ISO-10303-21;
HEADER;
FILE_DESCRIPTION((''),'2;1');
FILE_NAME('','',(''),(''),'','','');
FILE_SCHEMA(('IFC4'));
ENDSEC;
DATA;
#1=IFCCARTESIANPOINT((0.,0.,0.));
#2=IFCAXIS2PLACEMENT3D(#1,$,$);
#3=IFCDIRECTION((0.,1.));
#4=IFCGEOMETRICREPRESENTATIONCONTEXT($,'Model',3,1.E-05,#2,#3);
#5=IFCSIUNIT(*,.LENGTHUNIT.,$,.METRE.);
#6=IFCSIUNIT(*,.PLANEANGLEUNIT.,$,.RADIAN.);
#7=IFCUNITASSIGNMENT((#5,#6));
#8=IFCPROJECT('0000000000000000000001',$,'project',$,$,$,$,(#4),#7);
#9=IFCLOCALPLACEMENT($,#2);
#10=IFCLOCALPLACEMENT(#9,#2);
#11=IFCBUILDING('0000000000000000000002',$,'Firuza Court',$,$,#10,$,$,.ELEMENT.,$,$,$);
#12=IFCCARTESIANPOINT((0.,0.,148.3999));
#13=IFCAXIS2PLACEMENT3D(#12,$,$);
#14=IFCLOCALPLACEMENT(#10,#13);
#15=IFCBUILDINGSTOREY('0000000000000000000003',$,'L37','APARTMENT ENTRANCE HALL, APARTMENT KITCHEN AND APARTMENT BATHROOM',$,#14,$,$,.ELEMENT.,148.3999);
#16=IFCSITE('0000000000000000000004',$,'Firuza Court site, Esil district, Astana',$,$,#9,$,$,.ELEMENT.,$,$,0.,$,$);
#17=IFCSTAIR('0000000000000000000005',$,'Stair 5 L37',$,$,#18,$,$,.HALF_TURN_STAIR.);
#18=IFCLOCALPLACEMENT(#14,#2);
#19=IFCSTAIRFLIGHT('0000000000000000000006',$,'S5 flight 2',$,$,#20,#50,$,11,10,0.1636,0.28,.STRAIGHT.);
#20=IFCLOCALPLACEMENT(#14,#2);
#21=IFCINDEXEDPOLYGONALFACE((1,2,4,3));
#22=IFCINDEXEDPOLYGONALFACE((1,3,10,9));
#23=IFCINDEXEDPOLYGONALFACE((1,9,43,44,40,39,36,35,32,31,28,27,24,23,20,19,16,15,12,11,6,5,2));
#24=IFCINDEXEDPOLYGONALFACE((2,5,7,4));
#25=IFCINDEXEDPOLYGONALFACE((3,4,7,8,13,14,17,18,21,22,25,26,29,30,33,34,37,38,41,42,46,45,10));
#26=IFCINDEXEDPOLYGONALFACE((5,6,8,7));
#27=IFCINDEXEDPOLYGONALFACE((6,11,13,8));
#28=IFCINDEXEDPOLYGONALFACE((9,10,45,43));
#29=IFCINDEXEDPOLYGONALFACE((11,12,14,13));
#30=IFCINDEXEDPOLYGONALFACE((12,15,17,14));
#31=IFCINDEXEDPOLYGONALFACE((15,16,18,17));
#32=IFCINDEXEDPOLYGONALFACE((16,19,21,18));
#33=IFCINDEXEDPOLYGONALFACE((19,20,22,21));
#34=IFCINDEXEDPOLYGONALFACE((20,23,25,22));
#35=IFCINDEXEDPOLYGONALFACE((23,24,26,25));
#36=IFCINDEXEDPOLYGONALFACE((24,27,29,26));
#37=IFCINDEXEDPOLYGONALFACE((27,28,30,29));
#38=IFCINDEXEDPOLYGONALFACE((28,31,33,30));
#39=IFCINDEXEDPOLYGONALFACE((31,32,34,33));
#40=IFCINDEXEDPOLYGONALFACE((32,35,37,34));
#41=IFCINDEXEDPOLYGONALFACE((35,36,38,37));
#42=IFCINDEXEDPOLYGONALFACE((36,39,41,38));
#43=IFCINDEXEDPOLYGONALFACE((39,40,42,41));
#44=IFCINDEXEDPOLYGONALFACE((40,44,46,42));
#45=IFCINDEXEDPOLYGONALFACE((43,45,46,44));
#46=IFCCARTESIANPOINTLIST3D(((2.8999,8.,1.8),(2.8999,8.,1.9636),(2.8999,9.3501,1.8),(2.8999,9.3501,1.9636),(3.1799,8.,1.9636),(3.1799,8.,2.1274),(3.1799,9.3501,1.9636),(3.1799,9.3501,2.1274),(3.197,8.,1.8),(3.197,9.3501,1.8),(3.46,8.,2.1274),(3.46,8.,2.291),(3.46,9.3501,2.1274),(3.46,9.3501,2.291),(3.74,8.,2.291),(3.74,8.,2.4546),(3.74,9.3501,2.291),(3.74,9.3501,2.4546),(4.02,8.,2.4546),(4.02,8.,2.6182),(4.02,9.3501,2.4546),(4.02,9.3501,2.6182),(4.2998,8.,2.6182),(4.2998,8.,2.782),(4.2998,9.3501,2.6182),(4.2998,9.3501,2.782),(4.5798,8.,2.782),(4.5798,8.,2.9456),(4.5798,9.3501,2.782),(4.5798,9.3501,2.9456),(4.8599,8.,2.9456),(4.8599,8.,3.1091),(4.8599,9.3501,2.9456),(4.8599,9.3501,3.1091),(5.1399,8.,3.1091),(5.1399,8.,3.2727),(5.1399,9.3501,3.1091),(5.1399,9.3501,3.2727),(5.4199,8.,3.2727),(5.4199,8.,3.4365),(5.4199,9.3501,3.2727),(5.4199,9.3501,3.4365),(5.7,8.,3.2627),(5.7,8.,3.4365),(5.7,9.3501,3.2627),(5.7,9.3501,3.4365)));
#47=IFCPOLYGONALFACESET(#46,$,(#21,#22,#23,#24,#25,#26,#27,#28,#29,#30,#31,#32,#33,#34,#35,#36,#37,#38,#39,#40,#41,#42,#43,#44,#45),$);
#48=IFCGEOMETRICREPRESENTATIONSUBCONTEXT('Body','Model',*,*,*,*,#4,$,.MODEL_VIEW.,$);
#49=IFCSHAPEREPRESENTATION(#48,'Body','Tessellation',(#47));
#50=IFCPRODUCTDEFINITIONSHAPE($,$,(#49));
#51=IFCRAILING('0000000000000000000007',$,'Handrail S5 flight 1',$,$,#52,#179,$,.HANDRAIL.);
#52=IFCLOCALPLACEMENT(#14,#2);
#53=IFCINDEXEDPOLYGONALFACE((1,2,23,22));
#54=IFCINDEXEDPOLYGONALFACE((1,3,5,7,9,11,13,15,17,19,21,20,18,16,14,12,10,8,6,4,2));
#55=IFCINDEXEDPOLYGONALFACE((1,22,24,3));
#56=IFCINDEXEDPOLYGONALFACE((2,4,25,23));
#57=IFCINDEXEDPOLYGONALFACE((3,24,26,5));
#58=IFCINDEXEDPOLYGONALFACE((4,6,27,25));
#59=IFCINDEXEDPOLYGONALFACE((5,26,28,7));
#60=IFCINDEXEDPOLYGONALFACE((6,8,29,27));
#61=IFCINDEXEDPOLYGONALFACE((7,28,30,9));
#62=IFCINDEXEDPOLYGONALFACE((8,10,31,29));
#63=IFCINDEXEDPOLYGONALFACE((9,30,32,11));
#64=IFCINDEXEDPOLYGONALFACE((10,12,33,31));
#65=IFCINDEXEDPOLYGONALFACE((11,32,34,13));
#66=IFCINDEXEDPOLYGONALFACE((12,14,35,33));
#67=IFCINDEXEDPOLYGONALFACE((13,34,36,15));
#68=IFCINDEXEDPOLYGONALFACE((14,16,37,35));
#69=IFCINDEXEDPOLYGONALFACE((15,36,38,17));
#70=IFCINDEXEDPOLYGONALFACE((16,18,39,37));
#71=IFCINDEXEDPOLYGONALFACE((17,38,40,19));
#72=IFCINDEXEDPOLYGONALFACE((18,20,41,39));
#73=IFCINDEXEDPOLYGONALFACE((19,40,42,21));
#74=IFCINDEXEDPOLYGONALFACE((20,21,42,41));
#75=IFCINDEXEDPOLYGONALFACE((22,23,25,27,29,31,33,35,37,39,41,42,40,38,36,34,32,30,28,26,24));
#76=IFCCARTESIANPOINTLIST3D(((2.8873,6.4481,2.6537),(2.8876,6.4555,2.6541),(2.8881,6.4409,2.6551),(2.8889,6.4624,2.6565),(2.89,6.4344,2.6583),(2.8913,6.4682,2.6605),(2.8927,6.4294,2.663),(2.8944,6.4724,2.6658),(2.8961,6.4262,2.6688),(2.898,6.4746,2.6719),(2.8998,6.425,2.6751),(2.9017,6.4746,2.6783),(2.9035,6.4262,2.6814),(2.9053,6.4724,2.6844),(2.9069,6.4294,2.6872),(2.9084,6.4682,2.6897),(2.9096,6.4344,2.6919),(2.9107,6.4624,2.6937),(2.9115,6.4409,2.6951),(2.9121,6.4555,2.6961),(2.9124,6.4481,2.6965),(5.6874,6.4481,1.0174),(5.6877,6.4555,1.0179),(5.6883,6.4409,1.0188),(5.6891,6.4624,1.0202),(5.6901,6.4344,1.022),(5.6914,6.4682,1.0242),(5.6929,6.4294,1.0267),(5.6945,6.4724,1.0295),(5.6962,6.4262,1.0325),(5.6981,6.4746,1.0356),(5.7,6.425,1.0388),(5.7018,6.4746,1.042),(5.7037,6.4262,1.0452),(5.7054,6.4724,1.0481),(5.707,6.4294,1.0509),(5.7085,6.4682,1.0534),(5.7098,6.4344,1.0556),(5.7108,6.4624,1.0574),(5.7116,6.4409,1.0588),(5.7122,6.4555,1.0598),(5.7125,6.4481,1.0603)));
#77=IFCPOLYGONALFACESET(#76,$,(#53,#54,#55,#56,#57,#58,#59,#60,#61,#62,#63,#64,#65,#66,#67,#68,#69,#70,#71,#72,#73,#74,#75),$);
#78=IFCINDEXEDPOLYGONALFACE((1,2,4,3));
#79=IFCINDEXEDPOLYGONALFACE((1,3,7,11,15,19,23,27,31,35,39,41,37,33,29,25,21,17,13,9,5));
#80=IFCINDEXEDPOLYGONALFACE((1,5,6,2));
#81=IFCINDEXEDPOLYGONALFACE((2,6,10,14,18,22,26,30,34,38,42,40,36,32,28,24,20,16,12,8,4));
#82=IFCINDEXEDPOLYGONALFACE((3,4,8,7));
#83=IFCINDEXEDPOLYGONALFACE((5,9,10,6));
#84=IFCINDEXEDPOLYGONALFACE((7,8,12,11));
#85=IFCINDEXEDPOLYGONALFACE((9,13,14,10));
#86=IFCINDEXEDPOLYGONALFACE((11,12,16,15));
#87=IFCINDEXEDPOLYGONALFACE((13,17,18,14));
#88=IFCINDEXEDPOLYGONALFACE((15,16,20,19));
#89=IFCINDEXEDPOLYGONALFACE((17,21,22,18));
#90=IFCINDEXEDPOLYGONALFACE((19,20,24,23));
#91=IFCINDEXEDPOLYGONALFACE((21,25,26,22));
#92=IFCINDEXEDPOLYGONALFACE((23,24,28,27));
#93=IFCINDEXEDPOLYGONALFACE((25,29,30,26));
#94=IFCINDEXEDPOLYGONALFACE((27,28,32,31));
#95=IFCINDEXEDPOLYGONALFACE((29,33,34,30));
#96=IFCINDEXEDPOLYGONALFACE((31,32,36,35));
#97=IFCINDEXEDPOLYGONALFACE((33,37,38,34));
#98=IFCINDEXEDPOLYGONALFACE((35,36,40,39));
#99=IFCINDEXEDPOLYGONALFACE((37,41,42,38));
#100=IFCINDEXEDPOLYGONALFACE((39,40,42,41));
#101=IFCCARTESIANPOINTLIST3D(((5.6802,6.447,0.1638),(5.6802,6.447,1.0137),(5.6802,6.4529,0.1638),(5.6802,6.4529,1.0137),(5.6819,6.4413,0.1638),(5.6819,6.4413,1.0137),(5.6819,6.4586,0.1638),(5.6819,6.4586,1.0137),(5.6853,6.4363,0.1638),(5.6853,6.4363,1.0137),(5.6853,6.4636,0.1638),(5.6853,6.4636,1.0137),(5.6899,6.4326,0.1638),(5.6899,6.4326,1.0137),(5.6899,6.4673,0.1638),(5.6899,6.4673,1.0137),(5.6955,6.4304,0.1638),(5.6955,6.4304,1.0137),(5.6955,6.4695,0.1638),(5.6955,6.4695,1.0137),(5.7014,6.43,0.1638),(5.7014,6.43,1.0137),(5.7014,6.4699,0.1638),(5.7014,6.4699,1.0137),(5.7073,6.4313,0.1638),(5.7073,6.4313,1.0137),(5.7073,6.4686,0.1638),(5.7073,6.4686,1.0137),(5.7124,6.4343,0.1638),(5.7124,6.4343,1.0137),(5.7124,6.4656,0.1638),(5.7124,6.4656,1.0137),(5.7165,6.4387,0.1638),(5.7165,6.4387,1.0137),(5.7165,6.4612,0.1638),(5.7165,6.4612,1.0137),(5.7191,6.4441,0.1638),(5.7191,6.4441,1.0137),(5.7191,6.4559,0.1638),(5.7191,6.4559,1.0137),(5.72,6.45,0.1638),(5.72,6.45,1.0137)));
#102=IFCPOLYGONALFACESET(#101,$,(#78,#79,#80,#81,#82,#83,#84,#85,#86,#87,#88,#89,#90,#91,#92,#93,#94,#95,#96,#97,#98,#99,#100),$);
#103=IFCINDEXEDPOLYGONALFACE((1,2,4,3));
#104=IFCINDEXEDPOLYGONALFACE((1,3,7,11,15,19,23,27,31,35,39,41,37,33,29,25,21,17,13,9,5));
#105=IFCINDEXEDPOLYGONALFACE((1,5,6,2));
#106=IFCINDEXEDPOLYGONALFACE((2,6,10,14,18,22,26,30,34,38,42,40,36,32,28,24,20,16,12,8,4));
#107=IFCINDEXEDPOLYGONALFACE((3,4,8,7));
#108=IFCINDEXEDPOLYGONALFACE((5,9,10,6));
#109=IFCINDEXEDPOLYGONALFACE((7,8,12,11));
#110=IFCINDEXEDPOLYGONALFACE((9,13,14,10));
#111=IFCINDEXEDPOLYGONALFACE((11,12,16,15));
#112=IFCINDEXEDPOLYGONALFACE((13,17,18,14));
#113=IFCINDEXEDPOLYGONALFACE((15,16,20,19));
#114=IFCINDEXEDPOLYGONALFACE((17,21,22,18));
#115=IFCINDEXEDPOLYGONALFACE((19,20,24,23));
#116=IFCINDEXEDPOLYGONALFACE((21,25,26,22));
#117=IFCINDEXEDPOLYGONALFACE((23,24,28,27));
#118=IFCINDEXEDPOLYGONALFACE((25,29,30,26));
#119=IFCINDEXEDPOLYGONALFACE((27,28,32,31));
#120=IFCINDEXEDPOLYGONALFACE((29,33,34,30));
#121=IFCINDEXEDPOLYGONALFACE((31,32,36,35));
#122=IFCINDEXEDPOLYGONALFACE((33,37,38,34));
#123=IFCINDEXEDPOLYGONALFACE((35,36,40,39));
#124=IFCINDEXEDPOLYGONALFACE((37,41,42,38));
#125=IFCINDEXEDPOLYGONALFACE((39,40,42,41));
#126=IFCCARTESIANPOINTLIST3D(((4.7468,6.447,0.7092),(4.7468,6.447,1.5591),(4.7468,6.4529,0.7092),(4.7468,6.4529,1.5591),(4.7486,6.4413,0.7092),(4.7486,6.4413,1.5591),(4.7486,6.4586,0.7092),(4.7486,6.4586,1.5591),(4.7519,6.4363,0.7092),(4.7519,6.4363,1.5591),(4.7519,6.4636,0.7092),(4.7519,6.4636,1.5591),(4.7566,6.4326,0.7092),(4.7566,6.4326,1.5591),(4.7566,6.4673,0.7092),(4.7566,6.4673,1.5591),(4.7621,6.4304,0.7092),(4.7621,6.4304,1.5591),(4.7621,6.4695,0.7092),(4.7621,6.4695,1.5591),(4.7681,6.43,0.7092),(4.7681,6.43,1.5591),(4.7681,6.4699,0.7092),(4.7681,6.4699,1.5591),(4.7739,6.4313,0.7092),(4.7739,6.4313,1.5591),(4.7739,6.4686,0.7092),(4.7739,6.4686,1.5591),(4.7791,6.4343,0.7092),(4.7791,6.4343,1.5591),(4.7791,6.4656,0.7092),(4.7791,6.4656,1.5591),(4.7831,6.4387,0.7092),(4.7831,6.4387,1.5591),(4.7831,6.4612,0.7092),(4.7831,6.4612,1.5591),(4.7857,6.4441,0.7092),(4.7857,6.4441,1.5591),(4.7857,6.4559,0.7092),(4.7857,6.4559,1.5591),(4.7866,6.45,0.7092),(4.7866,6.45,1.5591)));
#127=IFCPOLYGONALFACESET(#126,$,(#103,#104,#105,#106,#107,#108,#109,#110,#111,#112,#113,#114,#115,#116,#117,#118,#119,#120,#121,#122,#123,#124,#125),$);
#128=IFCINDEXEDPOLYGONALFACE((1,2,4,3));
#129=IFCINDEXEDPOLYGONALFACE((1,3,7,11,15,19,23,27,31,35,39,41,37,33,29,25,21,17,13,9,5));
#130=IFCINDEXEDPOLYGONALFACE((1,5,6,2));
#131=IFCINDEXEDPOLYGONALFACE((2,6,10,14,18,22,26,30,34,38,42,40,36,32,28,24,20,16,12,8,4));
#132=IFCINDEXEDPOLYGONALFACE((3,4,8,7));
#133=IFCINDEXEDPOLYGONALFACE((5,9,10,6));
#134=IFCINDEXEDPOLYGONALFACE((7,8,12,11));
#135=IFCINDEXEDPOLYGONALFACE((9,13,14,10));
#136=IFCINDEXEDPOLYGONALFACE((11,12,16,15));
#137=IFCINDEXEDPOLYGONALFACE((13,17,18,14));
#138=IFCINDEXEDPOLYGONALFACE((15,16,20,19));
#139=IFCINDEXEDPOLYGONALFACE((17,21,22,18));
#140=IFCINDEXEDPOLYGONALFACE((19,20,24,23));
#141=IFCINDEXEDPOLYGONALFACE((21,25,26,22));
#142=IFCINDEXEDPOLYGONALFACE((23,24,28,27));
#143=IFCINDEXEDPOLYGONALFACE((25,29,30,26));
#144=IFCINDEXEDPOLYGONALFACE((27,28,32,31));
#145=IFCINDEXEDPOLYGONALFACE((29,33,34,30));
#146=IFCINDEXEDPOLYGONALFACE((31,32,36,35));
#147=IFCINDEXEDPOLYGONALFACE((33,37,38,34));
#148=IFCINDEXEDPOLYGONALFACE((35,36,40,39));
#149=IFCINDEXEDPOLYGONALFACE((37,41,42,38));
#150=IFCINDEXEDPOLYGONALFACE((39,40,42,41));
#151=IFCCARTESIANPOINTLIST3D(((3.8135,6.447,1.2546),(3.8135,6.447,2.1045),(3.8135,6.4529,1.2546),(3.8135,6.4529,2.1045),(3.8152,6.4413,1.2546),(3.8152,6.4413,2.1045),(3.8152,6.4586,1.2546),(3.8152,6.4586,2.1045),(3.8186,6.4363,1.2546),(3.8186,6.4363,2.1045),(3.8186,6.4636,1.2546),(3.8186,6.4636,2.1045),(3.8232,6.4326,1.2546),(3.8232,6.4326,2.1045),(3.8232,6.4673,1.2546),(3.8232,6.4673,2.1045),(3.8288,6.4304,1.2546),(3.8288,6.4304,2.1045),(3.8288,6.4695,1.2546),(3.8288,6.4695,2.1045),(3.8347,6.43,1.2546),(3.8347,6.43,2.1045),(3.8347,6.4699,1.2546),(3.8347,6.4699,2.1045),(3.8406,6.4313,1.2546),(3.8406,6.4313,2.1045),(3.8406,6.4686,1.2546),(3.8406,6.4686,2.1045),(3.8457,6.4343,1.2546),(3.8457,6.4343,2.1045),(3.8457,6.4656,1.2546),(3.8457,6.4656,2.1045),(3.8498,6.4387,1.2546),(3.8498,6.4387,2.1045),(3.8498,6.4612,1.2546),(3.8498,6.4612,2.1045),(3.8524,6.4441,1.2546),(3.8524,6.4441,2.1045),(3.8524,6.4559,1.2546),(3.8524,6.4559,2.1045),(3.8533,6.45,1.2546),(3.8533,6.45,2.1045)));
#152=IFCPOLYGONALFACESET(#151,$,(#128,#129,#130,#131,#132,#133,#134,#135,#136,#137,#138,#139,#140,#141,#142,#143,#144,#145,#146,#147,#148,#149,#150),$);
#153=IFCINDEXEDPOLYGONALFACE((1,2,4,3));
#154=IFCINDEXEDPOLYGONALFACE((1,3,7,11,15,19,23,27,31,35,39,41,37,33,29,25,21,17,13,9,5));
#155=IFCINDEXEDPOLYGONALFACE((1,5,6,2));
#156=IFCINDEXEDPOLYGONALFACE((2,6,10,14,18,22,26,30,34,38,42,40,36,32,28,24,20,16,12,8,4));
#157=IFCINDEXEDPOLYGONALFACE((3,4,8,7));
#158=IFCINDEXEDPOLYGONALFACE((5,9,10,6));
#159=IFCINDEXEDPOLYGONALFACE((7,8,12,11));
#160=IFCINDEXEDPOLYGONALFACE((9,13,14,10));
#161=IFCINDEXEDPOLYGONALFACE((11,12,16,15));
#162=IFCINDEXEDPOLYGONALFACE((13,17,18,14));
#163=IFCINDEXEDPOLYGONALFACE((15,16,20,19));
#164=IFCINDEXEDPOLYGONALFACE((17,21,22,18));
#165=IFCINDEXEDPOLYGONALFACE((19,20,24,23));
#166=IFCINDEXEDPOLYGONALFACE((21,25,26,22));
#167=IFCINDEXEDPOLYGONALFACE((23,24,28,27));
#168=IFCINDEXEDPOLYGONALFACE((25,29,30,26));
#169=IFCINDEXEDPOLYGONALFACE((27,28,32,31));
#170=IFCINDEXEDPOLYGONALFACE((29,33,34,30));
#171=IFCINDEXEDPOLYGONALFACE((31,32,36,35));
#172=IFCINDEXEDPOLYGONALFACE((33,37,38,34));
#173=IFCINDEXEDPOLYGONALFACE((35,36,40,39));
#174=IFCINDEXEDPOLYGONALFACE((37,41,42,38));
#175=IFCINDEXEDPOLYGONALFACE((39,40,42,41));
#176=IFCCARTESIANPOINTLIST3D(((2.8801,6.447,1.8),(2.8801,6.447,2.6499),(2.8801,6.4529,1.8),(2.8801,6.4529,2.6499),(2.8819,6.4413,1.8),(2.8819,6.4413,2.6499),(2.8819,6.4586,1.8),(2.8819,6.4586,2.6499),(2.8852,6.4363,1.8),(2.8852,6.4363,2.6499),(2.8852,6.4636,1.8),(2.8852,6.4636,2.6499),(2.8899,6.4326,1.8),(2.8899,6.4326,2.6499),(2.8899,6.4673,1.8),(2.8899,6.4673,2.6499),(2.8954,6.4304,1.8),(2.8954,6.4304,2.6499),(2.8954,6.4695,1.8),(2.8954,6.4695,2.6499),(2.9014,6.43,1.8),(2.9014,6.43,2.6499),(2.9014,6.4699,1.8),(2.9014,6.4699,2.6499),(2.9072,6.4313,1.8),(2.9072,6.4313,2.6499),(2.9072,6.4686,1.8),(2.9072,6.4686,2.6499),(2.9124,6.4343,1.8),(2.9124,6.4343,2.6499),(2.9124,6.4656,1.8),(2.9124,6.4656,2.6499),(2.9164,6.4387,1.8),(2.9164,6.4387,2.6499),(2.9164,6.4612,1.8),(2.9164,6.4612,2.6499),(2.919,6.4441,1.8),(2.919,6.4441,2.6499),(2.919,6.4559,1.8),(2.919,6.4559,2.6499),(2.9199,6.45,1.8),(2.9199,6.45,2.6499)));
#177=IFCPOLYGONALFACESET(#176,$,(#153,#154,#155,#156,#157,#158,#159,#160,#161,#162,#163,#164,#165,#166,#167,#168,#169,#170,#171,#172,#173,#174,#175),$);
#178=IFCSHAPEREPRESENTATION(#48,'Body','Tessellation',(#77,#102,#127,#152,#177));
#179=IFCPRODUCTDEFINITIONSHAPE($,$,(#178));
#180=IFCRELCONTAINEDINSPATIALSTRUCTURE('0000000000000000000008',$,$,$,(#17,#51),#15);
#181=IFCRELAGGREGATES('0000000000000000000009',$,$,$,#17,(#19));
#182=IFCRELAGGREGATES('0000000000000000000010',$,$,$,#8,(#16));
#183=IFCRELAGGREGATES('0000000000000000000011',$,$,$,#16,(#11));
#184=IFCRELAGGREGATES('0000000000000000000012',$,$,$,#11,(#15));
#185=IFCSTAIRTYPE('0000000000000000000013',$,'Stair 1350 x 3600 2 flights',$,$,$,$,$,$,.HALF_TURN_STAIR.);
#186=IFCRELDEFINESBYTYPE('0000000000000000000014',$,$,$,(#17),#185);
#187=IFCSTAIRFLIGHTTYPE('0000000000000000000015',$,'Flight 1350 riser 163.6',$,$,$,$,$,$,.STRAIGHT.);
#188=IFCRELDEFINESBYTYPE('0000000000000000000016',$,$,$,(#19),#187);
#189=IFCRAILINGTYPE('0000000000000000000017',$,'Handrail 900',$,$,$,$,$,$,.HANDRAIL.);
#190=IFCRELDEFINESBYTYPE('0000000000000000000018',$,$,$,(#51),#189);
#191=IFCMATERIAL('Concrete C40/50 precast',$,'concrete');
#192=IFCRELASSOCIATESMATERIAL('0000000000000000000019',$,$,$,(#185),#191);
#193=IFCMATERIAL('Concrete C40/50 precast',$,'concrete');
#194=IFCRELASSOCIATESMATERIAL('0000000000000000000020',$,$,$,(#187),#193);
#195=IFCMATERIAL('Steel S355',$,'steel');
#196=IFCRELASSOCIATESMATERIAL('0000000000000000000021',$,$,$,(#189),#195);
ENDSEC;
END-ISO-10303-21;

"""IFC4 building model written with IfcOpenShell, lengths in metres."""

from ifc_helpers import new_model, si_unit, direction, frame, origin, origin_2d, place, context, subcontext, project, spatial, polyline, circle, outline, extrude, material, type_object, element, aggregate, save


model = new_model("IFC4")

# Units and contexts
model_context = context("Model", 3, precision=1e-05, world=origin(), true_north=direction((0.0, 1.0)))
body_context = subcontext(model_context, "Body", "Model", "MODEL_VIEW")
ifc_project = project(units=[si_unit("LENGTHUNIT", "METRE"), si_unit("PLANEANGLEUNIT", "RADIAN")], contexts=[model_context])

# Site, building, storey
site_placement = place(None, origin())
site = spatial("IfcSite", under=ifc_project, at=site_placement, Name="Firuza Court site, Esil district, Astana", CompositionType="ELEMENT", RefElevation=0.0)
building_placement = place(site_placement, origin())
building = spatial("IfcBuilding", under=site, at=building_placement, Name="Firuza Court", CompositionType="ELEMENT")
storey_placement = place(building_placement, frame((0.0, 0.0, 148.3999)))
storey = spatial("IfcBuildingStorey", under=building, at=storey_placement, Name="L37", Description="APARTMENT ENTRANCE HALL, APARTMENT KITCHEN AND APARTMENT BATHROOM", CompositionType="ELEMENT", Elevation=148.3999)

# Stair, stair flight
ifc_material_1 = material(Name="Concrete C40/50 precast", Category="concrete")
stair_type = type_object("IfcStairType", Name="Stair 1350 x 3600 2 flights", PredefinedType="HALF_TURN_STAIR", material=ifc_material_1)
stair_placement = place(storey_placement, origin())
stair = element("IfcStair", 1, at=stair_placement, inside=storey, type_object=stair_type, Name="Stair 5 L37", PredefinedType="HALF_TURN_STAIR")
ifc_material_2 = material(Name="Concrete C40/50 precast", Category="concrete")
stair_flight_type = type_object("IfcStairFlightType", Name="Flight 1350 riser 163.6", PredefinedType="STRAIGHT", material=ifc_material_2)
stair_flight_1_placement = place(storey_placement, frame((2.8999, 8.675, 1.8), z_axis=(0.0, 0.0, 1.0), x_axis=(1.0, 0.0, 0.0)))
stair_flight_1 = element("IfcStairFlight", 2, at=stair_flight_1_placement, type_object=stair_flight_type, Name="S5 flight 2", NumberOfRisers=11, NumberOfTreads=10, PredefinedType="STRAIGHT", RiserHeight=0.1636, TreadLength=0.28, context=body_context, shape_type="SweptSolid", body=[
    extrude(outline(polyline([(0.0, 0.0), (0.0, 0.1636), (0.28, 0.1636), (0.28, 0.3274), (0.5601, 0.3274), (0.5601, 0.491), (0.8401, 0.491), (0.8401, 0.6545), (1.1201, 0.6545), (1.1201, 0.8181), (1.3999, 0.8181), (1.3999, 0.9819), (1.6799, 0.9819), (1.6799, 1.1455), (1.96, 1.1455), (1.96, 1.3091), (2.24, 1.3091), (2.24, 1.4727), (2.52, 1.4727), (2.52, 1.6365), (2.8, 1.6365), (2.8, 1.8), (2.8, 1.4626), (0.2971, 0.0), (0.0, 0.0)])), frame((0.0, 0.675, 0.0), z_axis=(0.0, -1.0, 0.0), x_axis=(1.0, 0.0, 0.0)), (0.0, 0.0, 1.0), 1.3501),
])
aggregate(stair, [stair_flight_1])

# Railing
ifc_material_3 = material(Name="Steel S355", Category="steel")
railing_type_1 = type_object("IfcRailingType", Name="Handrail 900", PredefinedType="HANDRAIL", material=ifc_material_3)
railing_1_placement = place(storey_placement, frame((5.7, 6.45, 0.1638)))
element("IfcRailing", 3, at=railing_1_placement, inside=storey, type_object=railing_type_1, Name="Handrail S5 flight 1", PredefinedType="HANDRAIL", context=body_context, shape_type="SweptSolid", body=[
    extrude(circle(Radius=0.0249, at=origin_2d()), frame((0.0, 0.0, 0.875), z_axis=(-0.863394, 0.0, 0.504531), x_axis=(0.0, -1.0, 0.0)), (0.0, 0.0, 1.0), 3.2432),
    extrude(circle(Radius=0.02, at=origin_2d()), origin(), (0.0, 0.0, 1.0), 0.8499),
    extrude(circle(Radius=0.02, at=origin_2d()), frame((-0.9333, 0.0, 0.5454)), (0.0, 0.0, 1.0), 0.8499),
    extrude(circle(Radius=0.02, at=origin_2d()), frame((-1.8667, 0.0, 1.0908)), (0.0, 0.0, 1.0), 0.8499),
    extrude(circle(Radius=0.02, at=origin_2d()), frame((-2.8, 0.0, 1.6362)), (0.0, 0.0, 1.0), 0.8499),
])

save(model, "model.ifc")
